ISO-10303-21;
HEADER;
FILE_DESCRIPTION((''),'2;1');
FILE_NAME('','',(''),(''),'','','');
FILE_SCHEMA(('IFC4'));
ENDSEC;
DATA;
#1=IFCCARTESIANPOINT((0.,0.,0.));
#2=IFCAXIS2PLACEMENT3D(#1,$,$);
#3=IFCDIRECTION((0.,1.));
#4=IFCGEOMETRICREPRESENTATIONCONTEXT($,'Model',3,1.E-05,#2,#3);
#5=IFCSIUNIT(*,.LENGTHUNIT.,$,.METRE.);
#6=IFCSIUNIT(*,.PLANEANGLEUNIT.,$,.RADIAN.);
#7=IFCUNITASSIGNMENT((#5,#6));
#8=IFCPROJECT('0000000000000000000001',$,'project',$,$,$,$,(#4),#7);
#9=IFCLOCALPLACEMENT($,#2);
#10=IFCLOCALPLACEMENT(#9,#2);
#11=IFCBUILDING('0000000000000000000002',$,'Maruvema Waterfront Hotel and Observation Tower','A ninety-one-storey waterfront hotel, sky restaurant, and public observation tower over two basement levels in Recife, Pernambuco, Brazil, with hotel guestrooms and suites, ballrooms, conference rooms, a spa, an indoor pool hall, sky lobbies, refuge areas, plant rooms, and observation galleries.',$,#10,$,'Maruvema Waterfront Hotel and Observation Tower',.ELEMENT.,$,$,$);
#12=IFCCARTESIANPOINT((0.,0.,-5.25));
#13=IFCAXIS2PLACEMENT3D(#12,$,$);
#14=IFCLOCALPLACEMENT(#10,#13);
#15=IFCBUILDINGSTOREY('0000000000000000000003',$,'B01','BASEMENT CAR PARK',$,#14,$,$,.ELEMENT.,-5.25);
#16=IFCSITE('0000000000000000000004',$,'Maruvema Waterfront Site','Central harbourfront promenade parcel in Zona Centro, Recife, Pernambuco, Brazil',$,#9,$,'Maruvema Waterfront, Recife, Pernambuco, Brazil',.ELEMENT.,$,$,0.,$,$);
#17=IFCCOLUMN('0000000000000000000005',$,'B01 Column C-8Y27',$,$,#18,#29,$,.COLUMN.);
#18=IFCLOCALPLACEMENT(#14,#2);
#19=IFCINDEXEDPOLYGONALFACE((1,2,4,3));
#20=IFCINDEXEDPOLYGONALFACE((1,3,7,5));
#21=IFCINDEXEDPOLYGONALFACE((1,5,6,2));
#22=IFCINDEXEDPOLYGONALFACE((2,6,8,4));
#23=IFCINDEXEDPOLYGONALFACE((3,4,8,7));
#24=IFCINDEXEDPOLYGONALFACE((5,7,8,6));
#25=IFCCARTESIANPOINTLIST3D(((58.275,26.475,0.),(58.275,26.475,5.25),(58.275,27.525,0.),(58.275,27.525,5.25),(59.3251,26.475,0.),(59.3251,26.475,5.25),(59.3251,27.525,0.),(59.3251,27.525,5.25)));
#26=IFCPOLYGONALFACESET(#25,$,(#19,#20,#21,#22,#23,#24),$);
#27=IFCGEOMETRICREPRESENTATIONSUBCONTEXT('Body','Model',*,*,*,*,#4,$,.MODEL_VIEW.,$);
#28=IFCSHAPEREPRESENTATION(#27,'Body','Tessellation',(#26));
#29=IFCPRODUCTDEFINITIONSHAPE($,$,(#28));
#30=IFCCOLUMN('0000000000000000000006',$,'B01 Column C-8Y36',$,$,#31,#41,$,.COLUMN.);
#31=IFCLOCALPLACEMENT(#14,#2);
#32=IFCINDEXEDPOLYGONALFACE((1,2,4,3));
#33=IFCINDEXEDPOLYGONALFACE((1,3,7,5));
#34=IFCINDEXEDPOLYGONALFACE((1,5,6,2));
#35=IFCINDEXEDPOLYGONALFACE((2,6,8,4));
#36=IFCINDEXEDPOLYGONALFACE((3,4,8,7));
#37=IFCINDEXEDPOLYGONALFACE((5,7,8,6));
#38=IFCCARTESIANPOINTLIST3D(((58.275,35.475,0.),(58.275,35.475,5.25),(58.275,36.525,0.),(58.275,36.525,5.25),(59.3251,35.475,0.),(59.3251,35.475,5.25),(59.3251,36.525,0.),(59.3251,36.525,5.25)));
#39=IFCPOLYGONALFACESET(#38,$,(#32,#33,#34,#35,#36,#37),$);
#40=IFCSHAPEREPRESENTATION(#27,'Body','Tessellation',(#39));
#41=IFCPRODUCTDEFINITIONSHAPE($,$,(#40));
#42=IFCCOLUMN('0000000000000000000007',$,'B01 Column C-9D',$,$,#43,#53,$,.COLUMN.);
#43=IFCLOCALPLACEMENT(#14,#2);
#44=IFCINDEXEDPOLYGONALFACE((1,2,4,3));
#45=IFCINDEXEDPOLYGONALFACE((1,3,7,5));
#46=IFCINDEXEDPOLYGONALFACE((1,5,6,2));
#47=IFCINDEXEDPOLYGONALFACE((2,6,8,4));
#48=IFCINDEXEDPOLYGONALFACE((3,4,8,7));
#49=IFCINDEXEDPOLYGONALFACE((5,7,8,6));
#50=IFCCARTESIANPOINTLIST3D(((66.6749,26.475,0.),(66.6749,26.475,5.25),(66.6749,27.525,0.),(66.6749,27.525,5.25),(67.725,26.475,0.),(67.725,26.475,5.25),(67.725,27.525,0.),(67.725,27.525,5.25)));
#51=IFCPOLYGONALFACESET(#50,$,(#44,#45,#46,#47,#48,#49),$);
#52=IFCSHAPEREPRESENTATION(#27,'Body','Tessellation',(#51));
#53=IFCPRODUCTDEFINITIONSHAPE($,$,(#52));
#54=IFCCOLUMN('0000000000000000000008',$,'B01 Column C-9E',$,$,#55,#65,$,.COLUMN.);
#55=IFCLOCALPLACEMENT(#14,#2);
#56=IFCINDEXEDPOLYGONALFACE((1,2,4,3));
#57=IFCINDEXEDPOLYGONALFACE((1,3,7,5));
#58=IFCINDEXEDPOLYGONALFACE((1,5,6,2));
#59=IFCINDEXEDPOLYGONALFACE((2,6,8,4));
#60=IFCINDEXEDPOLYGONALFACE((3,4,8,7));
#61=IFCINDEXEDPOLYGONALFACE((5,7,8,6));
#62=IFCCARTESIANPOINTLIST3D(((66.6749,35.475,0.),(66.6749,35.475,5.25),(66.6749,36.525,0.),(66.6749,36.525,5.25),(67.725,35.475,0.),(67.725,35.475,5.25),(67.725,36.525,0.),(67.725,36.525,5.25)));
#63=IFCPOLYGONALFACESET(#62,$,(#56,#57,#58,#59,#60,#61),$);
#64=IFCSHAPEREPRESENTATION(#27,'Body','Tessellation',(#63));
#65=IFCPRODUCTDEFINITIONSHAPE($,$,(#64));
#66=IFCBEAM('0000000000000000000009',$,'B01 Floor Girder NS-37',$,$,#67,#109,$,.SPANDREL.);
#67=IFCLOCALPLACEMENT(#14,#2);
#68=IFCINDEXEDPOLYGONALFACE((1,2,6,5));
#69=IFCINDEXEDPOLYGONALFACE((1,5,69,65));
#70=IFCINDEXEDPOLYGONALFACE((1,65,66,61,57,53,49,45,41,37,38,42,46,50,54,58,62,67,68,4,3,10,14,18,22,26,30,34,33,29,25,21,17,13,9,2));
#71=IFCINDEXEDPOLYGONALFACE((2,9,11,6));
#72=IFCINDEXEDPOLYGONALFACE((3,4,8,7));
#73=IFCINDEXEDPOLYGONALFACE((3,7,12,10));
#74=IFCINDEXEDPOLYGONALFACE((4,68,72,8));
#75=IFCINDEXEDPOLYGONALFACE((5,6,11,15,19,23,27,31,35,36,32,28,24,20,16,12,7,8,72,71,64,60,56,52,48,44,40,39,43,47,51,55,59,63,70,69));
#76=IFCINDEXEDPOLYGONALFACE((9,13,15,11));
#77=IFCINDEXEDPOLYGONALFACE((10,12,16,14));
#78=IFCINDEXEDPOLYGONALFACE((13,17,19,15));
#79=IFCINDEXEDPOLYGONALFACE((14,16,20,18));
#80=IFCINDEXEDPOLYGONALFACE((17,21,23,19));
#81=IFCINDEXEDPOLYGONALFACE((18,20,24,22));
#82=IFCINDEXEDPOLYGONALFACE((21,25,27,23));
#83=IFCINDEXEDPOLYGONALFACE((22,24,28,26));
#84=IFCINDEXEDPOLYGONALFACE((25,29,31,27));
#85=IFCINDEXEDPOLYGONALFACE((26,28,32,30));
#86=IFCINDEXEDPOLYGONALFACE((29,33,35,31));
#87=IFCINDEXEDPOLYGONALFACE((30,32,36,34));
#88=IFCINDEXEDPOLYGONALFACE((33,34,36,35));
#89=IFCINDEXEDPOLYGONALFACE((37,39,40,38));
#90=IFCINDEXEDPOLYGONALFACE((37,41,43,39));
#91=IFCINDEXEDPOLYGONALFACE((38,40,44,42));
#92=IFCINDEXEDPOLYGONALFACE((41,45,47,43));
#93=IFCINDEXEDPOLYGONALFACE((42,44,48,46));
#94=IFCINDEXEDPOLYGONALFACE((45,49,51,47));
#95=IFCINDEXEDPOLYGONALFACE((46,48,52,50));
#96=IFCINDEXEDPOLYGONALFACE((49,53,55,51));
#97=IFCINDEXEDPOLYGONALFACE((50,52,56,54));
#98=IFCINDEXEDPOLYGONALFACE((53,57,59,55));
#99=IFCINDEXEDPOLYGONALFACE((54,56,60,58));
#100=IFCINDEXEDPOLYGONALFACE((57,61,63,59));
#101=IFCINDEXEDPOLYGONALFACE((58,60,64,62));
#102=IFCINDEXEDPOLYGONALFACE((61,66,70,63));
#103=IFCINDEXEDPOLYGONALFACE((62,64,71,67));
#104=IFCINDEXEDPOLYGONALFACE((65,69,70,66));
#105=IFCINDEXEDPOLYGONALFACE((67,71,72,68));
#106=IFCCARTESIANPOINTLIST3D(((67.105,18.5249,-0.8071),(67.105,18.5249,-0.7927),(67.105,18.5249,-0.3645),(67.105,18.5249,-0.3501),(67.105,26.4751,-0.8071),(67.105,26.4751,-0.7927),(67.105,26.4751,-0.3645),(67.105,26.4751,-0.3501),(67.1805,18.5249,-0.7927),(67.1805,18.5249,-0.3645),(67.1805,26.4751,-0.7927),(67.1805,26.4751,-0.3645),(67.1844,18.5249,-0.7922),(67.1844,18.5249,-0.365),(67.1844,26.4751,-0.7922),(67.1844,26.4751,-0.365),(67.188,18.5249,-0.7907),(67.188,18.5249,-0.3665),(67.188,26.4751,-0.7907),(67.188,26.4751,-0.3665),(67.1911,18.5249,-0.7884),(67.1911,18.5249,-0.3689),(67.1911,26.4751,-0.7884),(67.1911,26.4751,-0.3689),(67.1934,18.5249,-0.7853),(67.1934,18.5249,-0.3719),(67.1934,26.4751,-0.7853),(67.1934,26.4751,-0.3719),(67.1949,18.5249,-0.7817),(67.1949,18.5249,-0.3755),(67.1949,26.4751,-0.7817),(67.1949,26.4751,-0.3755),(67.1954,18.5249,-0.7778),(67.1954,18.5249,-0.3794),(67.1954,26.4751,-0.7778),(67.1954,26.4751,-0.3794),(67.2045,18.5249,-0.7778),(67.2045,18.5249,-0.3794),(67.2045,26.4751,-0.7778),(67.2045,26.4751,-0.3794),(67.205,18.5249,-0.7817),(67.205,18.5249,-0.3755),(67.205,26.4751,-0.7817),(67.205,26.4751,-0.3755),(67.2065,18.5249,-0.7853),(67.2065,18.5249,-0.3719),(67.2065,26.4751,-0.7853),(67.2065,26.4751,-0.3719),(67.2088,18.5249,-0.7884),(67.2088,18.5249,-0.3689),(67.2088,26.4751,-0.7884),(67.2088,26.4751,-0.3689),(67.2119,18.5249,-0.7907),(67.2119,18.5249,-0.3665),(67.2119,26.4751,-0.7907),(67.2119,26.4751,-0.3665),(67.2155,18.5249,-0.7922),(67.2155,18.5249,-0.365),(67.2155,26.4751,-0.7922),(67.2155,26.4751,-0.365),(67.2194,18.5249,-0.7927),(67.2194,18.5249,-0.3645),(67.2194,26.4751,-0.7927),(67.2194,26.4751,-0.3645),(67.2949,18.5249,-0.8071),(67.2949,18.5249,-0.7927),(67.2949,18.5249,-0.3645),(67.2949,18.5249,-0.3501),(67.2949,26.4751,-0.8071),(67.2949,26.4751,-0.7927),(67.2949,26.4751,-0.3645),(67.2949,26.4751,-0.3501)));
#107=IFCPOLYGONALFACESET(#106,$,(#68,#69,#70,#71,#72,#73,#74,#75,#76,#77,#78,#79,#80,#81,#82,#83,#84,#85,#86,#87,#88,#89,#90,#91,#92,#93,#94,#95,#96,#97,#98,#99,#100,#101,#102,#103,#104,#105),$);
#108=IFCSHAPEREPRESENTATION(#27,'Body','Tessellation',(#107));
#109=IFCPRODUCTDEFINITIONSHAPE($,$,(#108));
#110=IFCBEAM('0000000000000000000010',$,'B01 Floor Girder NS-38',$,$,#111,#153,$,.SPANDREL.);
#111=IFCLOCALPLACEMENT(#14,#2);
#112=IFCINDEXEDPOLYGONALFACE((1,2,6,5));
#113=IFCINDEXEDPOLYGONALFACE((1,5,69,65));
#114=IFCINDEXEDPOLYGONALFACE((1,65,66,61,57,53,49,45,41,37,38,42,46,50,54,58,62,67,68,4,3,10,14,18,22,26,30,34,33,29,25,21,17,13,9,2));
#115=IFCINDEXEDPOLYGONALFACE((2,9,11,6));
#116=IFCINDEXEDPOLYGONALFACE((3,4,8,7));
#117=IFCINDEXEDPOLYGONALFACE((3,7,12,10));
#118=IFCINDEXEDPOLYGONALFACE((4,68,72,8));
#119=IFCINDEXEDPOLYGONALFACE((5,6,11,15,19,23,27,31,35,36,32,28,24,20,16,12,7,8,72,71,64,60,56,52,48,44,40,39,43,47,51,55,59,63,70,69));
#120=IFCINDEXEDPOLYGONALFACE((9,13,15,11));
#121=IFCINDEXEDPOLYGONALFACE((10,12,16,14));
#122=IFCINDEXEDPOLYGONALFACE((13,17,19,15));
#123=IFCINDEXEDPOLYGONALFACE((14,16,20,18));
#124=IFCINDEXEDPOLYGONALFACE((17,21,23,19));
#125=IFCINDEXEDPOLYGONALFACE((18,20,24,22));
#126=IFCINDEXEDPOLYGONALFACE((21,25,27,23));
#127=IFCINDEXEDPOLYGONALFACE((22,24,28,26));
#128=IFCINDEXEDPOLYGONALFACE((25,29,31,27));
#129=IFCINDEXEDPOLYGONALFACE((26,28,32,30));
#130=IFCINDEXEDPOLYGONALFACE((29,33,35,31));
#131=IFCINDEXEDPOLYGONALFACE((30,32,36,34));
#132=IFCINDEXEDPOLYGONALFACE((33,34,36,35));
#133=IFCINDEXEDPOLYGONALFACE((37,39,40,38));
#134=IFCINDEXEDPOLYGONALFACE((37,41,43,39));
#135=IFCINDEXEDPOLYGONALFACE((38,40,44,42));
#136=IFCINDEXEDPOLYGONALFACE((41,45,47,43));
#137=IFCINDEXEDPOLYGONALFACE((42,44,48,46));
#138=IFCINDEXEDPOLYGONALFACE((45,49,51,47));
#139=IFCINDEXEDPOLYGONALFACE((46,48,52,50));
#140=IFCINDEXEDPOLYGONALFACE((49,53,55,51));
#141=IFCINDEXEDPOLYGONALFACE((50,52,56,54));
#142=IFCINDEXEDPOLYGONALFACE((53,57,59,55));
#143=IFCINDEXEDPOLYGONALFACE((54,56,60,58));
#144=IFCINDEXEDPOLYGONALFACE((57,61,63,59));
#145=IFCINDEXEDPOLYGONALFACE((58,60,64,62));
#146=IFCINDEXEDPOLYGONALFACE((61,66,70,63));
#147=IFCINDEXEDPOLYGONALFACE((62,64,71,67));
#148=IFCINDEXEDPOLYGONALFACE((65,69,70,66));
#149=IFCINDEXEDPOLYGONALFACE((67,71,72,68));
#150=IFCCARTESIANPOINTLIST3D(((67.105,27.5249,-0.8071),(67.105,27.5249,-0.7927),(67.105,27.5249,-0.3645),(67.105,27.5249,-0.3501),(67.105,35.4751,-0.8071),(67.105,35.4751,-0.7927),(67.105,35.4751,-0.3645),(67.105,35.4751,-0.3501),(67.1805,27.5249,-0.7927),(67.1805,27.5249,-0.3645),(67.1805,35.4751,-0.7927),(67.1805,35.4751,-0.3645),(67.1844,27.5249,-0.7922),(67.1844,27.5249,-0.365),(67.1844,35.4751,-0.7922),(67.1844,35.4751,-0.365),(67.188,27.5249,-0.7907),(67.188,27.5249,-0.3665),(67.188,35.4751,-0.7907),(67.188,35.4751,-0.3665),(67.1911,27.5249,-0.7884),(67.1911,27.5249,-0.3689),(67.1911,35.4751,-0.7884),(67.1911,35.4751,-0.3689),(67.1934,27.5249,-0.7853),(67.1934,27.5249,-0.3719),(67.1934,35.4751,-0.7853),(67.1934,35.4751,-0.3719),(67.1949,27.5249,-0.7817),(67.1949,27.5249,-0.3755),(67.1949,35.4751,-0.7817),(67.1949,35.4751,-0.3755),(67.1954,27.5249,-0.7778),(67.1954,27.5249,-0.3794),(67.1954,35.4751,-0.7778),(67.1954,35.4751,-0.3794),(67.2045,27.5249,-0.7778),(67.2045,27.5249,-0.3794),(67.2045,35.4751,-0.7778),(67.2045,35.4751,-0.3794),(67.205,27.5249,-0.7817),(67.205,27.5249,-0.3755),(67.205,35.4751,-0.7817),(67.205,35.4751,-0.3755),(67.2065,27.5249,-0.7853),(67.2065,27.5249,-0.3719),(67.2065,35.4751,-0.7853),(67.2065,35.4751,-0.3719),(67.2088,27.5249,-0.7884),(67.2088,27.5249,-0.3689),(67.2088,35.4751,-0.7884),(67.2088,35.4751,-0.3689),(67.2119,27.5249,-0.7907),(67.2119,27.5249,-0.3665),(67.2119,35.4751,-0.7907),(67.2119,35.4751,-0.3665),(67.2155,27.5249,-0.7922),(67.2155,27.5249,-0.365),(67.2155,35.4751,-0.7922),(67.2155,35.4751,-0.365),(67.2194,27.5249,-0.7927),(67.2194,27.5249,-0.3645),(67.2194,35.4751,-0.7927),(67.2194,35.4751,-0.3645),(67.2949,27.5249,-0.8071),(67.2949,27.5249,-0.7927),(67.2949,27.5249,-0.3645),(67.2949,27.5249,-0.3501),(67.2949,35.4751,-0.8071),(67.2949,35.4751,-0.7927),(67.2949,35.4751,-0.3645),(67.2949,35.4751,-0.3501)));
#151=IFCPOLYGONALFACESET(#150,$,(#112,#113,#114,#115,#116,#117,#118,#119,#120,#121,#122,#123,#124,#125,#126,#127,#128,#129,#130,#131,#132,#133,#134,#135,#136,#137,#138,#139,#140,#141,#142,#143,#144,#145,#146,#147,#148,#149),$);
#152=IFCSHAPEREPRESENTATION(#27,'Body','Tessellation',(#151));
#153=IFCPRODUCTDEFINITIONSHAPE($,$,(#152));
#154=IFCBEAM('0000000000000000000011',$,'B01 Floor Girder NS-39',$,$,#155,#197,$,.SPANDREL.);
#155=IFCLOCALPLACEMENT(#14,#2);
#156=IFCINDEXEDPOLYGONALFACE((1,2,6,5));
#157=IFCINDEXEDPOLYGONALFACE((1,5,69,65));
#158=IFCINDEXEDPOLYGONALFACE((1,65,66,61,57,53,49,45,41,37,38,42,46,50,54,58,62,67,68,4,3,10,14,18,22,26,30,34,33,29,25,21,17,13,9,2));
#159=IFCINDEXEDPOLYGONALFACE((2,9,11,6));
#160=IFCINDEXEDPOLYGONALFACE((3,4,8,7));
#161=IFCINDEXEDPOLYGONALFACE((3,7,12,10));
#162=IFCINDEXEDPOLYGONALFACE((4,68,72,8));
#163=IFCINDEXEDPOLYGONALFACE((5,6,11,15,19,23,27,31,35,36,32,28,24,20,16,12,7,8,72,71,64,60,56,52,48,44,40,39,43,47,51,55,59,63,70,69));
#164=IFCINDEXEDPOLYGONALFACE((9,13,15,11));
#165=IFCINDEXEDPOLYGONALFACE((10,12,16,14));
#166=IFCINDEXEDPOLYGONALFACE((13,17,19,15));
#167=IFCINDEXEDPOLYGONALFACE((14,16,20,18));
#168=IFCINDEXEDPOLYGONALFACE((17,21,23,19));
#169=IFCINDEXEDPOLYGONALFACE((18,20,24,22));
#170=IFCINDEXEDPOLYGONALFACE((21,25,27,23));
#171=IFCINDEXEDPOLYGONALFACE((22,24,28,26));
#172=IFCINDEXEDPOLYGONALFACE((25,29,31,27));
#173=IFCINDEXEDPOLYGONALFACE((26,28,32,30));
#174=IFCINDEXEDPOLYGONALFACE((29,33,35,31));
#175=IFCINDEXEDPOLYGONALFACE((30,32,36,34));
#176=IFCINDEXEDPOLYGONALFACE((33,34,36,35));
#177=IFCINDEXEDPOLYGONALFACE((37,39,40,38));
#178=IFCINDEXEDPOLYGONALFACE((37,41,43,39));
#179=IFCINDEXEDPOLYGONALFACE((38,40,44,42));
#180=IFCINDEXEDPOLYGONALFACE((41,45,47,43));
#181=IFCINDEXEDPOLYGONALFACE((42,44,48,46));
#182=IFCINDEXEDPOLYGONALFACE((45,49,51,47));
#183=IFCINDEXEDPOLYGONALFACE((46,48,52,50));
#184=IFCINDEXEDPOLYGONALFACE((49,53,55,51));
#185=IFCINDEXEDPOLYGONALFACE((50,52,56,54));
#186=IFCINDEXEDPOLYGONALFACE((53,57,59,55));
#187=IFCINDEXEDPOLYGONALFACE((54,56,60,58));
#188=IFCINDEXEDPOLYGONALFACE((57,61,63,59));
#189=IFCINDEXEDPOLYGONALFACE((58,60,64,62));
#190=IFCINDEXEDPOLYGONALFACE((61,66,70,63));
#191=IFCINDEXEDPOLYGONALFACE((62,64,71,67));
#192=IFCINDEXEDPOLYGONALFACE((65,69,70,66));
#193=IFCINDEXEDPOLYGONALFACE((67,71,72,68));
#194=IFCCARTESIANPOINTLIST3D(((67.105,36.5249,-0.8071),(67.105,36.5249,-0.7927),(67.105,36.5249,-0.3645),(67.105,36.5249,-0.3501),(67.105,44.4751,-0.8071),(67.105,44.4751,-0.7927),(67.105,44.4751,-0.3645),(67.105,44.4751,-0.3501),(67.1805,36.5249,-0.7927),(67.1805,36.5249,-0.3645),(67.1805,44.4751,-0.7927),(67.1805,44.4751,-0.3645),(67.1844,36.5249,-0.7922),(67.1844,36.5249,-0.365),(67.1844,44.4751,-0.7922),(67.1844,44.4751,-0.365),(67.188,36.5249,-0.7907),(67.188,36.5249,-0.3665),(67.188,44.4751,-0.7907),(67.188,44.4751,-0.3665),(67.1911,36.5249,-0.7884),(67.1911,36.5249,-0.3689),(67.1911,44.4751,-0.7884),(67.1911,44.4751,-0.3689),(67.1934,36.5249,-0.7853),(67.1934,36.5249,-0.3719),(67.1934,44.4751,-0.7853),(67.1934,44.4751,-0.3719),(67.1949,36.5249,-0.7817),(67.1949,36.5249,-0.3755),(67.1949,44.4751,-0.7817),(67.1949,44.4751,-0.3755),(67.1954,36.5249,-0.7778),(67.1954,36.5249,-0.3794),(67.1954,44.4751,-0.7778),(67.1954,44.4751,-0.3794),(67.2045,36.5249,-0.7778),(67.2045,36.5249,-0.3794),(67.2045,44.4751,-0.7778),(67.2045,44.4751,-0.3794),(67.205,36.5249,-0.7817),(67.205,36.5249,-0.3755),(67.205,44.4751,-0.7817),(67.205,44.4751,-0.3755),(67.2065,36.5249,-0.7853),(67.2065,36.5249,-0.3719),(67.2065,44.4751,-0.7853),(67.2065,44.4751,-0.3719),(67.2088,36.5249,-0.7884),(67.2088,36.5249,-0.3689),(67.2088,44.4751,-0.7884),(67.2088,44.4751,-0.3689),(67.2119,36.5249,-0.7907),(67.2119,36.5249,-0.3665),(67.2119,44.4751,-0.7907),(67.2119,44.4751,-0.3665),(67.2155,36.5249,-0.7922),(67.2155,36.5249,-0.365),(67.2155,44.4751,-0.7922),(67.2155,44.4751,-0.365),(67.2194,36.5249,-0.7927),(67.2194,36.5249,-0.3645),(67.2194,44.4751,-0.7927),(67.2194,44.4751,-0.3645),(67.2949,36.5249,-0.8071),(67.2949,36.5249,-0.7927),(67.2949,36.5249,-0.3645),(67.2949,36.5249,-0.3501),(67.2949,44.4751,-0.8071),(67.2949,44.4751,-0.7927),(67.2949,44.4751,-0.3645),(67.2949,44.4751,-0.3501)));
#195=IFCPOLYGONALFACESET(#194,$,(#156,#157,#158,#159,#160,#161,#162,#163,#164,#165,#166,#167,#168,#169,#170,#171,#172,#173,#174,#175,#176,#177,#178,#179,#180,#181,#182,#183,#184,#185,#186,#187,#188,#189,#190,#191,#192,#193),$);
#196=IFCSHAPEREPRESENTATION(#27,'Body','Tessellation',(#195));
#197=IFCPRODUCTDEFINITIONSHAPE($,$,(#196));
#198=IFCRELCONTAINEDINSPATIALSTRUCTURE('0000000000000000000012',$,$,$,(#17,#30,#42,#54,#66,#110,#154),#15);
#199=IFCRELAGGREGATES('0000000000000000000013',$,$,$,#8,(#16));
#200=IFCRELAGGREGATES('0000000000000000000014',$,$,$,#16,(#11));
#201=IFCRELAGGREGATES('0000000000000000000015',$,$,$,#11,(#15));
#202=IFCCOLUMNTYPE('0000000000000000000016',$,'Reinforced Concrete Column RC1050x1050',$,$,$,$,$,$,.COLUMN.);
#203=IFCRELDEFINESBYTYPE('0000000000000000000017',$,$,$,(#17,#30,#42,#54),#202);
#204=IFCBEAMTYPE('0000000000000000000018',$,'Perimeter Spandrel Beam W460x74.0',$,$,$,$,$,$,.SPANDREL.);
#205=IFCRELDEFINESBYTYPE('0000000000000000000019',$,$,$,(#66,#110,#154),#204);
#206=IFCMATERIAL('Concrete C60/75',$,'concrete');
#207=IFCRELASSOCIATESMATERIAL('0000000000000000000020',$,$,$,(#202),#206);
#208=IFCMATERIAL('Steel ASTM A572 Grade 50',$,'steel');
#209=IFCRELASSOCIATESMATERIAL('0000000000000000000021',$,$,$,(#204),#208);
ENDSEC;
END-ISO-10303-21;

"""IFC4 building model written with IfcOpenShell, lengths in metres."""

from ifc_helpers import new_model, si_unit, direction, frame, origin, origin_2d, place, context, subcontext, project, spatial, rectangle, i_section, extrude, material, material_profile, profile_set, type_object, element, save


model = new_model("IFC4")

# Units and contexts
model_context = context("Model", 3, precision=1e-05, world=origin(), true_north=direction((0.0, 1.0)))
body_context = subcontext(model_context, "Body", "Model", "MODEL_VIEW")
ifc_project = project(units=[si_unit("LENGTHUNIT", "METRE"), si_unit("PLANEANGLEUNIT", "RADIAN")], contexts=[model_context])

# Site, building, storey
site_placement = place(None, origin())
site = spatial("IfcSite", under=ifc_project, at=site_placement, Name="Maruvema Waterfront Site", Description="Central harbourfront promenade parcel in Zona Centro, Recife, Pernambuco, Brazil", LongName="Maruvema Waterfront, Recife, Pernambuco, Brazil", CompositionType="ELEMENT", RefElevation=0.0)
building_placement = place(site_placement, origin())
building = spatial("IfcBuilding", under=site, at=building_placement, Name="Maruvema Waterfront Hotel and Observation Tower", Description="A ninety-one-storey waterfront hotel, sky restaurant, and public observation tower over two basement levels in Recife, Pernambuco, Brazil, with hotel guestrooms and suites, ballrooms, conference rooms, a spa, an indoor pool hall, sky lobbies, refuge areas, plant rooms, and observation galleries.", LongName="Maruvema Waterfront Hotel and Observation Tower", CompositionType="ELEMENT")
storey_placement = place(building_placement, frame((0.0, 0.0, -5.25)))
storey = spatial("IfcBuildingStorey", under=building, at=storey_placement, Name="B01", Description="BASEMENT CAR PARK", CompositionType="ELEMENT", Elevation=-5.25)

# Columns
ifc_material_1 = material(Name="Concrete C60/75", Category="concrete")
ifc_material_profile_1 = material_profile(ifc_material_1, rectangle(XDim=1.05, YDim=1.05, at=origin_2d()), Name="RC1050x1050")
ifc_profile_set_1 = profile_set([ifc_material_profile_1], Name="Concrete C60/75")
column_type = type_object("IfcColumnType", Name="Reinforced Concrete Column RC1050x1050", PredefinedType="COLUMN", material=ifc_profile_set_1)
for number, where, z_axis, x_axis, name in (
    (1, (58.8, 27.0, 0.0), (0.0, 0.0, 1.0), (1.0, 0.0, 0.0), "B01 Column C-8Y27"),
    (2, (58.8, 36.0, 0.0), (0.0, 0.0, 1.0), (1.0, 0.0, 0.0), "B01 Column C-8Y36"),
    (3, (67.2, 27.0, 0.0), (0.0, 0.0, 1.0), (1.0, 0.0, 0.0), "B01 Column C-9D"),
    (4, (67.2, 36.0, 0.0), (0.0, 0.0, 1.0), (1.0, 0.0, 0.0), "B01 Column C-9E"),
):
    element("IfcColumn", number, at=place(storey_placement, frame(where, z_axis=z_axis, x_axis=x_axis)), inside=storey, type_object=column_type, Name=name, PredefinedType="COLUMN", context=body_context, shape_type="SweptSolid", body=[
        extrude(rectangle(XDim=1.05, YDim=1.05, at=origin_2d()), origin(), (0.0, 0.0, 1.0), 5.25),
    ])

# Beams
ifc_material_2 = material(Name="Steel ASTM A572 Grade 50", Category="steel")
ifc_material_profile_2 = material_profile(ifc_material_2, i_section(OverallWidth=0.1899, OverallDepth=0.457, WebThickness=0.009, FlangeThickness=0.0144, FilletRadius=0.0149, at=origin_2d()), Name="W460x74.0")
ifc_profile_set_2 = profile_set([ifc_material_profile_2], Name="Steel ASTM A572 Grade 50")
beam_type_1 = type_object("IfcBeamType", Name="Perimeter Spandrel Beam W460x74.0", PredefinedType="SPANDREL", material=ifc_profile_set_2)
for number, where, z_axis, x_axis, name in (
    (5, (67.2, 18.5249, -0.5786), (0.0, 1.0, 0.0), (-1.0, 0.0, 0.0), "B01 Floor Girder NS-37"),
    (6, (67.2, 27.5249, -0.5786), (0.0, 1.0, 0.0), (-1.0, 0.0, 0.0), "B01 Floor Girder NS-38"),
    (7, (67.2, 36.5249, -0.5786), (0.0, 1.0, 0.0), (-1.0, 0.0, 0.0), "B01 Floor Girder NS-39"),
):
    element("IfcBeam", number, at=place(storey_placement, frame(where, z_axis=z_axis, x_axis=x_axis)), inside=storey, type_object=beam_type_1, Name=name, PredefinedType="SPANDREL", context=body_context, shape_type="SweptSolid", body=[
        extrude(i_section(OverallWidth=0.1899, OverallDepth=0.457, WebThickness=0.009, FlangeThickness=0.0144, FilletRadius=0.0149, at=origin_2d()), origin(), (0.0, 0.0, 1.0), 7.9502),
    ])

save(model, "model.ifc")
